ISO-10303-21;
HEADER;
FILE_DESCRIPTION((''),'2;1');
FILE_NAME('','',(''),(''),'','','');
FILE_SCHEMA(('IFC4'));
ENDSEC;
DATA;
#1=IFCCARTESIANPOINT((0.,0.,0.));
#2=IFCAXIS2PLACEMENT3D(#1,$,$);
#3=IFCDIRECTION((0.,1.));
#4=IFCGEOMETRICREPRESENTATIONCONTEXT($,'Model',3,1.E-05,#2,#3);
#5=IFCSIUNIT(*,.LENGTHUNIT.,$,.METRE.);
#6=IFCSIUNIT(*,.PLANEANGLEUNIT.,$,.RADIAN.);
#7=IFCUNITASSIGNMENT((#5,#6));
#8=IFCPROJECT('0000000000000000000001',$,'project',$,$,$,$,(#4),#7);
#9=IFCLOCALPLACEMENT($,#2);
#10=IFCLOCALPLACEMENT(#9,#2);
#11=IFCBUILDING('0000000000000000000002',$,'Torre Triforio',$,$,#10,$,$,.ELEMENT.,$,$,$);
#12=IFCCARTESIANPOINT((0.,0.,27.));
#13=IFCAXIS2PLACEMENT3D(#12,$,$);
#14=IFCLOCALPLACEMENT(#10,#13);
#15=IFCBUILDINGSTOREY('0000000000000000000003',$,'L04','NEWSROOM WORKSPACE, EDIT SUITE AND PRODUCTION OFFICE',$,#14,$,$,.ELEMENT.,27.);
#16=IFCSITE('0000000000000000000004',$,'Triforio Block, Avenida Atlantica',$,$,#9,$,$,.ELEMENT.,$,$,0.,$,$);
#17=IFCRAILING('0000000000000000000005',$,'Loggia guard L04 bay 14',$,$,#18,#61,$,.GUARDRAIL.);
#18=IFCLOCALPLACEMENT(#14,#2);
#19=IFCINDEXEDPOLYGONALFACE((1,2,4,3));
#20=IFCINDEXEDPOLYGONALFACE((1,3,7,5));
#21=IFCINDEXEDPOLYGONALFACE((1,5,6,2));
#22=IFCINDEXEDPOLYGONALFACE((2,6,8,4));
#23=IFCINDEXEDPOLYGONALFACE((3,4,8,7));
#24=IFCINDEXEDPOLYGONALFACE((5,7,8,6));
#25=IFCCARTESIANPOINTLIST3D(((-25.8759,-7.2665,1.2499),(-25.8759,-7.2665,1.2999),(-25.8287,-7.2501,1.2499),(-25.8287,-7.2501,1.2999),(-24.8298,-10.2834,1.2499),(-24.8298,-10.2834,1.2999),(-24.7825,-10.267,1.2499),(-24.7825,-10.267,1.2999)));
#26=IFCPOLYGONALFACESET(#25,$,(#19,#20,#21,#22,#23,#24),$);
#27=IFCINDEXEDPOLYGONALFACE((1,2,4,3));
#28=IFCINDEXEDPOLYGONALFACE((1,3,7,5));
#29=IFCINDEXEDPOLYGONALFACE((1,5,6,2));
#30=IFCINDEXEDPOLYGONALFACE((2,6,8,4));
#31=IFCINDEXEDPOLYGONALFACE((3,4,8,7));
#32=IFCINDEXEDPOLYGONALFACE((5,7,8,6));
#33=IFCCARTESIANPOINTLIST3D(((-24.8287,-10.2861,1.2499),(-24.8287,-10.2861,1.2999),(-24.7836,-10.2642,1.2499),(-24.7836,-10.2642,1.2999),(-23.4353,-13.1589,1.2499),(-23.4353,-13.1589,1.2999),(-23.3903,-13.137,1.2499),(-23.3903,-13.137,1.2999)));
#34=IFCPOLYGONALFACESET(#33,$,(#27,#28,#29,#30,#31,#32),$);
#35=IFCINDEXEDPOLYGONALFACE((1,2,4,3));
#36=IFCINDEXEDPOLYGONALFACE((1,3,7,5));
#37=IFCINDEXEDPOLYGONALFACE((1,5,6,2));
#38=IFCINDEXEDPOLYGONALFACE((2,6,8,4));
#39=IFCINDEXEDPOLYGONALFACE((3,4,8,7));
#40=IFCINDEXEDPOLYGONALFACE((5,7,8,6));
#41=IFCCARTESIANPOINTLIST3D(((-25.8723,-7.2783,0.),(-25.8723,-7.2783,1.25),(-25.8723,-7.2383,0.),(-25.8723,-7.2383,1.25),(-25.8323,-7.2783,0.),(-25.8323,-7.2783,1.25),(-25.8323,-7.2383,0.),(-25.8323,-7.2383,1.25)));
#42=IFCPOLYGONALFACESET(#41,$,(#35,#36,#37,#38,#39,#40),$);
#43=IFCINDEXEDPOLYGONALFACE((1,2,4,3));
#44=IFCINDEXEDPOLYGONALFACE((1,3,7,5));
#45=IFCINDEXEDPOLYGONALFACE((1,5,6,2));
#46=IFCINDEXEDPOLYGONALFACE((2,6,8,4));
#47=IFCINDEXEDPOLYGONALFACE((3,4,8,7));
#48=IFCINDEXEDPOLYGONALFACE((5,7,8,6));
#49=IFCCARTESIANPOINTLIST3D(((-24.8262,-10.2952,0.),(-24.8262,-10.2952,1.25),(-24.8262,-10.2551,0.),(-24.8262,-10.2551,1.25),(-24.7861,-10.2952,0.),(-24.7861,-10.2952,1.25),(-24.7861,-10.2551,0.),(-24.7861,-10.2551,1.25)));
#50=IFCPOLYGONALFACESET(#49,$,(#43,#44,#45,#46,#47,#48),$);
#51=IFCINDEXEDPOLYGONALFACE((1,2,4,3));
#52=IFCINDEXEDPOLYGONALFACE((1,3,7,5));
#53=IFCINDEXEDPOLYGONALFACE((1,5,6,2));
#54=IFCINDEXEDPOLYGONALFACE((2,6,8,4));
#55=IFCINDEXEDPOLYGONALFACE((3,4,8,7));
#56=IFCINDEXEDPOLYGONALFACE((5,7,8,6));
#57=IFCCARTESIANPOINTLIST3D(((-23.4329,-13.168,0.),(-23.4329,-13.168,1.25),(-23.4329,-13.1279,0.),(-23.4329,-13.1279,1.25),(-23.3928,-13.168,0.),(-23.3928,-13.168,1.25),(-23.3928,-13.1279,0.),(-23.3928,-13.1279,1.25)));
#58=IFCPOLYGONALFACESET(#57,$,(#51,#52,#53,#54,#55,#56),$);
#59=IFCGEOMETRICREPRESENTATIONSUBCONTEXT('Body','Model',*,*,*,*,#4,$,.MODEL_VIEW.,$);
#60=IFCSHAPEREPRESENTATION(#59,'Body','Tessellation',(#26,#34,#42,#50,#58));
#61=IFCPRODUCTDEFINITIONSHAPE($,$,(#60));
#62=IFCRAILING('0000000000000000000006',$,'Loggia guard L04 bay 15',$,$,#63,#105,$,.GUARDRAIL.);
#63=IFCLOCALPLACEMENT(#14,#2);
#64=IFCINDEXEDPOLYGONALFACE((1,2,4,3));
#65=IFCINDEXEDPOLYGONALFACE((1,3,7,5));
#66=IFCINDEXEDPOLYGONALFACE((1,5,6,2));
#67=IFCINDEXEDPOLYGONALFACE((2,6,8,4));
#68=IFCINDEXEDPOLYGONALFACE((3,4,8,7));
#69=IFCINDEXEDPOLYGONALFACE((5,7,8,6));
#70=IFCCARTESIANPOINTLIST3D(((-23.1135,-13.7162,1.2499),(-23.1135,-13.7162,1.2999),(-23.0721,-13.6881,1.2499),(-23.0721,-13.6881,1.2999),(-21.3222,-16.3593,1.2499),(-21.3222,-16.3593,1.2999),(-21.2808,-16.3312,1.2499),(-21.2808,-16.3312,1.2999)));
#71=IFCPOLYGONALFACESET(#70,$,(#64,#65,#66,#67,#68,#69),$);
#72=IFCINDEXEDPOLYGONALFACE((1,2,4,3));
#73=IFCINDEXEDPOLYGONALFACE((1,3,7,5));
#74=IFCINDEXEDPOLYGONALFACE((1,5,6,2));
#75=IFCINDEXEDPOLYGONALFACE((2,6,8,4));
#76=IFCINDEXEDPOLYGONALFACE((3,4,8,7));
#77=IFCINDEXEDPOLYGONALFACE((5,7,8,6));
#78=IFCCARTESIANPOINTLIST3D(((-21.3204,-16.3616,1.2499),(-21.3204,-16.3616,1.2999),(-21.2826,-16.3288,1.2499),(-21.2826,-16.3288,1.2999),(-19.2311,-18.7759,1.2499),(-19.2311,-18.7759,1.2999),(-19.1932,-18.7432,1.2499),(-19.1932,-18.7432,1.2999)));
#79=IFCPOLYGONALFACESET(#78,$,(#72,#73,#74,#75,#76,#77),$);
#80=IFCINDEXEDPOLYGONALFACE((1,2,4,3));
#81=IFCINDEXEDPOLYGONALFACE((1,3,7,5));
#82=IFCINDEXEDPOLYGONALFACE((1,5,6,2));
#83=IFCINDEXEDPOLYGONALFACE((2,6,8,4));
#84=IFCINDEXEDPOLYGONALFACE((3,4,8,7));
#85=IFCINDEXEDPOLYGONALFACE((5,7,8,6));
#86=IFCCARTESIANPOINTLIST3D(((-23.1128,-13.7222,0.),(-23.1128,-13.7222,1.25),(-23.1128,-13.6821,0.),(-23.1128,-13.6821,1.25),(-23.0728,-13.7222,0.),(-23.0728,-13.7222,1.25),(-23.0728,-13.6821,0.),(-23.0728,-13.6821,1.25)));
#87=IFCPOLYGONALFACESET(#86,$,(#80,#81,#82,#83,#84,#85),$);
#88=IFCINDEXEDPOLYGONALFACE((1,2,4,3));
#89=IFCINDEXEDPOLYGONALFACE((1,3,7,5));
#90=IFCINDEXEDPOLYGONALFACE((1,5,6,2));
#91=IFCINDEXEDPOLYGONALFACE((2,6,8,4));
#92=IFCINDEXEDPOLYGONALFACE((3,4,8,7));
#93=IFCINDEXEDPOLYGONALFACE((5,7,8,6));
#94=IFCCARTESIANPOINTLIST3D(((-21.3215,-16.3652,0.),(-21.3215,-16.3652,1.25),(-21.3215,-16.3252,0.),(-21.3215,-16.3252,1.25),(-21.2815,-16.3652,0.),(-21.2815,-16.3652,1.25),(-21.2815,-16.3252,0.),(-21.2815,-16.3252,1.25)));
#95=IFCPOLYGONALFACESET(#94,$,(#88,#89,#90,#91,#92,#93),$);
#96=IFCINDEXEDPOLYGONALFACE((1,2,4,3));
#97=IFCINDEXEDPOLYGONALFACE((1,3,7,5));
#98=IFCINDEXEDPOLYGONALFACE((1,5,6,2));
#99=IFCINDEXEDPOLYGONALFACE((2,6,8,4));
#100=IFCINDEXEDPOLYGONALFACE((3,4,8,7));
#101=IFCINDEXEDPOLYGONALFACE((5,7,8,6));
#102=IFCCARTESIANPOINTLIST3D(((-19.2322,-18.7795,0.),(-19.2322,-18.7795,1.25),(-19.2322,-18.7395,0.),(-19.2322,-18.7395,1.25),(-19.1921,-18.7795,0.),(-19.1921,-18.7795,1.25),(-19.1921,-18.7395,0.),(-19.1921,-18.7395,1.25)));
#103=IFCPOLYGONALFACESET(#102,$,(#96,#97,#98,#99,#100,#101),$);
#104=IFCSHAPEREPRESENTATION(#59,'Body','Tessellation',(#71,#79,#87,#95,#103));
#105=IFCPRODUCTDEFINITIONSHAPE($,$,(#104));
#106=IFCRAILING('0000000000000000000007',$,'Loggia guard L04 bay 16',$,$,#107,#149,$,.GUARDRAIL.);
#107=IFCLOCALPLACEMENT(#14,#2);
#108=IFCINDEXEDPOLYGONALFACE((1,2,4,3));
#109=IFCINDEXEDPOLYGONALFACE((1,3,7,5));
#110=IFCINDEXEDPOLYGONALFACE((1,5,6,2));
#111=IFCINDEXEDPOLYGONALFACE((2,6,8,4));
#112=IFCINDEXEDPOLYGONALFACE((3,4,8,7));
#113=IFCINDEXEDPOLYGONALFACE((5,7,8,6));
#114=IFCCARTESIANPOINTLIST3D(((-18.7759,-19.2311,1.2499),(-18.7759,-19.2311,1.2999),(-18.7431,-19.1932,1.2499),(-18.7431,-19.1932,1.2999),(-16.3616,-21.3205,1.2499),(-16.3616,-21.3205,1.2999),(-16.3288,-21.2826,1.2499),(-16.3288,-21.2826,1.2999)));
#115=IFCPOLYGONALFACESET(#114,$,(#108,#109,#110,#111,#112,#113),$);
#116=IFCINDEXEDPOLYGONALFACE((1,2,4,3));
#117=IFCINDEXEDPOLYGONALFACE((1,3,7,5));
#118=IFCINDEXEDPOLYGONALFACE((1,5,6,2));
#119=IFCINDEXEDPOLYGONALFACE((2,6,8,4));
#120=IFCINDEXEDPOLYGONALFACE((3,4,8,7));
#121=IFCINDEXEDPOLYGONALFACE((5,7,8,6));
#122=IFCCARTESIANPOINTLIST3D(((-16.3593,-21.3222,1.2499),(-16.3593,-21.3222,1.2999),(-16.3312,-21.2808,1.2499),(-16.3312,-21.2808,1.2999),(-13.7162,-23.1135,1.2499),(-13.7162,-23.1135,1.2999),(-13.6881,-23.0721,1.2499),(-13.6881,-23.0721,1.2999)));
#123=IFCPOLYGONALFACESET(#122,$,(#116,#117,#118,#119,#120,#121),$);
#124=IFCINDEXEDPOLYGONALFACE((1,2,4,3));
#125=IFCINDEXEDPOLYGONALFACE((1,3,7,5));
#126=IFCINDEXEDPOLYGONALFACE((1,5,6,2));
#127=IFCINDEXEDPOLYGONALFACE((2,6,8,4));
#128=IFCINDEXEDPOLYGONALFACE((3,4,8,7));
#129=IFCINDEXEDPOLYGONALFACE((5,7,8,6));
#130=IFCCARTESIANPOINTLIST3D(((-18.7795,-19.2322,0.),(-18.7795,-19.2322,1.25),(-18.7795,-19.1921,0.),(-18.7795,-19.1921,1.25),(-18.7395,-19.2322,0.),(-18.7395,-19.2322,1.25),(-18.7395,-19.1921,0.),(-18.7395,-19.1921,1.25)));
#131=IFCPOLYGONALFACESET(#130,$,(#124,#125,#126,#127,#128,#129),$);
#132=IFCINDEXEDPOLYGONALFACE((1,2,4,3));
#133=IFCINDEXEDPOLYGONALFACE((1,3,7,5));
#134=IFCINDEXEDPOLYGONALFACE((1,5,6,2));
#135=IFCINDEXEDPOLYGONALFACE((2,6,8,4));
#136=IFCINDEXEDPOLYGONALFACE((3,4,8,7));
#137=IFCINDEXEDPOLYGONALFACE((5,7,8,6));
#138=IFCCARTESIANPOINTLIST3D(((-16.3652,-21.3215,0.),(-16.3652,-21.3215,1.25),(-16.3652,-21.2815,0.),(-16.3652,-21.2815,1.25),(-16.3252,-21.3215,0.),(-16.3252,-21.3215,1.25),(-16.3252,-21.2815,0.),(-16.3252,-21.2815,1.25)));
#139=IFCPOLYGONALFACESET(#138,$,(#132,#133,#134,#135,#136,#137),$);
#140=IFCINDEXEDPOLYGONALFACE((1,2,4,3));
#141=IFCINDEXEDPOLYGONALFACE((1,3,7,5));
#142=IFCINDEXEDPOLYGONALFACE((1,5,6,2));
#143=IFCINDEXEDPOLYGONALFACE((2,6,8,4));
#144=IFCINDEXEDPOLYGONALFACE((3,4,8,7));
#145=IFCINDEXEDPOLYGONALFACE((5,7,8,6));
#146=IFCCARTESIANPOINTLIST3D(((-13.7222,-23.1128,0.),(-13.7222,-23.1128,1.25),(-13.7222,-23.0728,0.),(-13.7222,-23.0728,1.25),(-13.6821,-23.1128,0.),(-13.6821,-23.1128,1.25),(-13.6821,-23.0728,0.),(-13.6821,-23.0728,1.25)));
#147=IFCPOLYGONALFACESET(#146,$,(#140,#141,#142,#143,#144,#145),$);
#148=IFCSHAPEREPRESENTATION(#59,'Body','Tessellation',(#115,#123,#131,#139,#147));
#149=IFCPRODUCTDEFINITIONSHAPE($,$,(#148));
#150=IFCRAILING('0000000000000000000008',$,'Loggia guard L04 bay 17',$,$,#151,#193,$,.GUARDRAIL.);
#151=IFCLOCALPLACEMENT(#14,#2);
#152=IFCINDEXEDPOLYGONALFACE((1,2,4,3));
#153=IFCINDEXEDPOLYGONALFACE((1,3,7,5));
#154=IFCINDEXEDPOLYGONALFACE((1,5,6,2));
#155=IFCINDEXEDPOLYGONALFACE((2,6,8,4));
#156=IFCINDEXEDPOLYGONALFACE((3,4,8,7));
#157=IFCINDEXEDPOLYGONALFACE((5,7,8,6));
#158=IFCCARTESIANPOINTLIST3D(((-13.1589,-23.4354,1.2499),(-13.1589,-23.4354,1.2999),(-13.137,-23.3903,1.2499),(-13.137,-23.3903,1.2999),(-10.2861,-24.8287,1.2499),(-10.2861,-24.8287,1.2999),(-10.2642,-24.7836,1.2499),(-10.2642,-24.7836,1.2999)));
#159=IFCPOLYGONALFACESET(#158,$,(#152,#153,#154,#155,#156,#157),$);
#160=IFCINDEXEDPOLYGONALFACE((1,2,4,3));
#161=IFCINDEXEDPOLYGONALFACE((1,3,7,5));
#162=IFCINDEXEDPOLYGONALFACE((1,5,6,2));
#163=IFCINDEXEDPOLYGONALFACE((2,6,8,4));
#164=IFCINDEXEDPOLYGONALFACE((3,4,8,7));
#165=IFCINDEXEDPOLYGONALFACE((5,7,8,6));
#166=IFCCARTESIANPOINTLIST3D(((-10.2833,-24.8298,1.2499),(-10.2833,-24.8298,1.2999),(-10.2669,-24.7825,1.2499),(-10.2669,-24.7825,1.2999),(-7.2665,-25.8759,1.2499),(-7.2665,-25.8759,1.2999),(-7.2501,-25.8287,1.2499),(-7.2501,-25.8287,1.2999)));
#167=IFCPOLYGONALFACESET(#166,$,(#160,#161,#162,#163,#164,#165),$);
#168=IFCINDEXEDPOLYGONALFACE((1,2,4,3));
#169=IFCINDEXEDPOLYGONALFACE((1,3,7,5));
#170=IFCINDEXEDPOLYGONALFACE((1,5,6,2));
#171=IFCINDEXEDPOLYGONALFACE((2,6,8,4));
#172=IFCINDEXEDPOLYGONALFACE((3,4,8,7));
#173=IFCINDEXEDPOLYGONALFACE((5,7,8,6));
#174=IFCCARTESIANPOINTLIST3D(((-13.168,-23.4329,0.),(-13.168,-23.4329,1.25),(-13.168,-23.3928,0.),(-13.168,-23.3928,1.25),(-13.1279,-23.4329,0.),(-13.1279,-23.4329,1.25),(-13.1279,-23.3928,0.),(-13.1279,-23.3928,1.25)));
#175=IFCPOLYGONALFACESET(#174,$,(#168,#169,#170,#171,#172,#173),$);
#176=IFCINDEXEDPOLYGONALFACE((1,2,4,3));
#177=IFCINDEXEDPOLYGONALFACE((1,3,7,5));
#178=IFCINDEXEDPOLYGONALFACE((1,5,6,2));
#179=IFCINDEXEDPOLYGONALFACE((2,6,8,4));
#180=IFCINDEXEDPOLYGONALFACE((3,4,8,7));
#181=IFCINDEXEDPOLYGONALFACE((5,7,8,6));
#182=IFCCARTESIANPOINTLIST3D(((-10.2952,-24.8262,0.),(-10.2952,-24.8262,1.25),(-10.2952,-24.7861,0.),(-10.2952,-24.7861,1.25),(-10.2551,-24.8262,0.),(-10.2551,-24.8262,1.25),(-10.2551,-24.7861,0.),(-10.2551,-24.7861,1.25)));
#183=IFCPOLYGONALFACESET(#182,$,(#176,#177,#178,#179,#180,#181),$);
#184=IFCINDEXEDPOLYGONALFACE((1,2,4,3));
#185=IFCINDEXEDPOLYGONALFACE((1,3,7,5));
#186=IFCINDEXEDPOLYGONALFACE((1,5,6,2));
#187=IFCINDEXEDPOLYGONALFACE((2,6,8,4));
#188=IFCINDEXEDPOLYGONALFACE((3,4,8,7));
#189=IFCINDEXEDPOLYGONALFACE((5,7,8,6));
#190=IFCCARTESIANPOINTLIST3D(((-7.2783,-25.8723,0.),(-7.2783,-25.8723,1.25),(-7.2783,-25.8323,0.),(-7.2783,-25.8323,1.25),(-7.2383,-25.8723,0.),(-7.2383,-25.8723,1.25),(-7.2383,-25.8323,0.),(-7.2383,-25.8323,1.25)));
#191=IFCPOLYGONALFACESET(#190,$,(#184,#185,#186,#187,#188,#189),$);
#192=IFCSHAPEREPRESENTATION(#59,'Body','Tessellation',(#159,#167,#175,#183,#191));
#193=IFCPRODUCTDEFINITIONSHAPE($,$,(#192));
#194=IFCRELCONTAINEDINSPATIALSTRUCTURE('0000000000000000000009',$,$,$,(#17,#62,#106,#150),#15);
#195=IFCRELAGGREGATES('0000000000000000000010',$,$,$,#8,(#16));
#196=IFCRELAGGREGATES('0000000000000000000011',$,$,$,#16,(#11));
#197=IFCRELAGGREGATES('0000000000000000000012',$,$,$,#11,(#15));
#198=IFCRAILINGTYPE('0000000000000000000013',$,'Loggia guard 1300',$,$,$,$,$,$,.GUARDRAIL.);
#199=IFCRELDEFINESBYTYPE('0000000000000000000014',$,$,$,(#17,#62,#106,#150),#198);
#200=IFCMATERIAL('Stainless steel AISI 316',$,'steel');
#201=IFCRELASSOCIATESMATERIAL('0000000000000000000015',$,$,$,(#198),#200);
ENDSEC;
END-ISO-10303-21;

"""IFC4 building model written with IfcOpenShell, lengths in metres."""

from ifc_helpers import new_model, si_unit, direction, frame, origin, origin_2d, place, context, subcontext, project, spatial, rectangle, extrude, material, type_object, element, save


model = new_model("IFC4")

# Units and contexts
model_context = context("Model", 3, precision=1e-05, world=origin(), true_north=direction((0.0, 1.0)))
body_context = subcontext(model_context, "Body", "Model", "MODEL_VIEW")
ifc_project = project(units=[si_unit("LENGTHUNIT", "METRE"), si_unit("PLANEANGLEUNIT", "RADIAN")], contexts=[model_context])

# Site, building, storey
site_placement = place(None, origin())
site = spatial("IfcSite", under=ifc_project, at=site_placement, Name="Triforio Block, Avenida Atlantica", CompositionType="ELEMENT", RefElevation=0.0)
building_placement = place(site_placement, origin())
building = spatial("IfcBuilding", under=site, at=building_placement, Name="Torre Triforio", CompositionType="ELEMENT")
storey_placement = place(building_placement, frame((0.0, 0.0, 27.0)))
storey = spatial("IfcBuildingStorey", under=building, at=storey_placement, Name="L04", Description="NEWSROOM WORKSPACE, EDIT SUITE AND PRODUCTION OFFICE", CompositionType="ELEMENT", Elevation=27.0)

# Railings
ifc_material_1 = material(Name="Stainless steel AISI 316", Category="steel")
railing_type = type_object("IfcRailingType", Name="Loggia guard 1300", PredefinedType="GUARDRAIL", material=ifc_material_1)
railing_1_placement = place(storey_placement, frame((-25.8523, -7.2583, 0.0)))
element("IfcRailing", 1, at=railing_1_placement, inside=storey, type_object=railing_type, Name="Loggia guard L04 bay 14", PredefinedType="GUARDRAIL", context=body_context, shape_type="SweptSolid", body=[
    extrude(rectangle(XDim=0.05, YDim=0.05, at=origin_2d()), frame((0.0, 0.0, 1.2749), z_axis=(0.327628, -0.944807, 0.0), x_axis=(0.944807, 0.327628, 0.0)), (0.0, 0.0, 1.0), 3.1931),
    extrude(rectangle(XDim=0.05, YDim=0.05, at=origin_2d()), frame((1.0461, -3.0168, 1.2749), z_axis=(0.436384, -0.89976, 0.0), x_axis=(0.89976, 0.436384, 0.0)), (0.0, 0.0, 1.0), 3.1929),
    extrude(rectangle(XDim=0.04, YDim=0.04, at=origin_2d()), origin(), (0.0, 0.0, 1.0), 1.25),
    extrude(rectangle(XDim=0.04, YDim=0.04, at=origin_2d()), frame((1.0461, -3.0168, 0.0)), (0.0, 0.0, 1.0), 1.25),
    extrude(rectangle(XDim=0.04, YDim=0.04, at=origin_2d()), frame((2.4395, -5.8896, 0.0)), (0.0, 0.0, 1.0), 1.25),
])
railing_2_placement = place(storey_placement, frame((-23.0928, -13.7021, 0.0)))
element("IfcRailing", 2, at=railing_2_placement, inside=storey, type_object=railing_type, Name="Loggia guard L04 bay 15", PredefinedType="GUARDRAIL", context=body_context, shape_type="SweptSolid", body=[
    extrude(rectangle(XDim=0.05, YDim=0.05, at=origin_2d()), frame((0.0, 0.0, 1.2749), z_axis=(0.561019, -0.827803, 0.0), x_axis=(0.827803, 0.561019, 0.0)), (0.0, 0.0, 1.0), 3.1929),
    extrude(rectangle(XDim=0.05, YDim=0.05, at=origin_2d()), frame((1.7913, -2.6431, 1.2749), z_axis=(0.654386, -0.756161, 0.0), x_axis=(0.756161, 0.654386, 0.0)), (0.0, 0.0, 1.0), 3.1929),
    extrude(rectangle(XDim=0.04, YDim=0.04, at=origin_2d()), origin(), (0.0, 0.0, 1.0), 1.25),
    extrude(rectangle(XDim=0.04, YDim=0.04, at=origin_2d()), frame((1.7913, -2.6431, 0.0)), (0.0, 0.0, 1.0), 1.25),
    extrude(rectangle(XDim=0.04, YDim=0.04, at=origin_2d()), frame((3.8806, -5.0574, 0.0)), (0.0, 0.0, 1.0), 1.25),
])
railing_3_placement = place(storey_placement, frame((-18.7595, -19.2122, 0.0)))
element("IfcRailing", 3, at=railing_3_placement, inside=storey, type_object=railing_type, Name="Loggia guard L04 bay 16", PredefinedType="GUARDRAIL", context=body_context, shape_type="SweptSolid", body=[
    extrude(rectangle(XDim=0.05, YDim=0.05, at=origin_2d()), frame((0.0, 0.0, 1.2749), z_axis=(0.756161, -0.654386, 0.0), x_axis=(0.654386, 0.756161, 0.0)), (0.0, 0.0, 1.0), 3.1929),
    extrude(rectangle(XDim=0.05, YDim=0.05, at=origin_2d()), frame((2.4143, -2.0894, 1.2749), z_axis=(0.827803, -0.561019, 0.0), x_axis=(0.561019, 0.827803, 0.0)), (0.0, 0.0, 1.0), 3.1929),
    extrude(rectangle(XDim=0.04, YDim=0.04, at=origin_2d()), origin(), (0.0, 0.0, 1.0), 1.25),
    extrude(rectangle(XDim=0.04, YDim=0.04, at=origin_2d()), frame((2.4143, -2.0894, 0.0)), (0.0, 0.0, 1.0), 1.25),
    extrude(rectangle(XDim=0.04, YDim=0.04, at=origin_2d()), frame((5.0574, -3.8806, 0.0)), (0.0, 0.0, 1.0), 1.25),
])
railing_4_placement = place(storey_placement, frame((-13.1479, -23.4128, 0.0)))
element("IfcRailing", 4, at=railing_4_placement, inside=storey, type_object=railing_type, Name="Loggia guard L04 bay 17", PredefinedType="GUARDRAIL", context=body_context, shape_type="SweptSolid", body=[
    extrude(rectangle(XDim=0.05, YDim=0.05, at=origin_2d()), frame((0.0, 0.0, 1.2749), z_axis=(0.89976, -0.436384, 0.0), x_axis=(0.436384, 0.89976, 0.0)), (0.0, 0.0, 1.0), 3.1929),
    extrude(rectangle(XDim=0.05, YDim=0.05, at=origin_2d()), frame((2.8728, -1.3933, 1.2749), z_axis=(0.944807, -0.327628, 0.0), x_axis=(0.327628, 0.944807, 0.0)), (0.0, 0.0, 1.0), 3.1931),
    extrude(rectangle(XDim=0.04, YDim=0.04, at=origin_2d()), origin(), (0.0, 0.0, 1.0), 1.25),
    extrude(rectangle(XDim=0.04, YDim=0.04, at=origin_2d()), frame((2.8728, -1.3933, 0.0)), (0.0, 0.0, 1.0), 1.25),
    extrude(rectangle(XDim=0.04, YDim=0.04, at=origin_2d()), frame((5.8896, -2.4395, 0.0)), (0.0, 0.0, 1.0), 1.25),
])

save(model, "model.ifc")
